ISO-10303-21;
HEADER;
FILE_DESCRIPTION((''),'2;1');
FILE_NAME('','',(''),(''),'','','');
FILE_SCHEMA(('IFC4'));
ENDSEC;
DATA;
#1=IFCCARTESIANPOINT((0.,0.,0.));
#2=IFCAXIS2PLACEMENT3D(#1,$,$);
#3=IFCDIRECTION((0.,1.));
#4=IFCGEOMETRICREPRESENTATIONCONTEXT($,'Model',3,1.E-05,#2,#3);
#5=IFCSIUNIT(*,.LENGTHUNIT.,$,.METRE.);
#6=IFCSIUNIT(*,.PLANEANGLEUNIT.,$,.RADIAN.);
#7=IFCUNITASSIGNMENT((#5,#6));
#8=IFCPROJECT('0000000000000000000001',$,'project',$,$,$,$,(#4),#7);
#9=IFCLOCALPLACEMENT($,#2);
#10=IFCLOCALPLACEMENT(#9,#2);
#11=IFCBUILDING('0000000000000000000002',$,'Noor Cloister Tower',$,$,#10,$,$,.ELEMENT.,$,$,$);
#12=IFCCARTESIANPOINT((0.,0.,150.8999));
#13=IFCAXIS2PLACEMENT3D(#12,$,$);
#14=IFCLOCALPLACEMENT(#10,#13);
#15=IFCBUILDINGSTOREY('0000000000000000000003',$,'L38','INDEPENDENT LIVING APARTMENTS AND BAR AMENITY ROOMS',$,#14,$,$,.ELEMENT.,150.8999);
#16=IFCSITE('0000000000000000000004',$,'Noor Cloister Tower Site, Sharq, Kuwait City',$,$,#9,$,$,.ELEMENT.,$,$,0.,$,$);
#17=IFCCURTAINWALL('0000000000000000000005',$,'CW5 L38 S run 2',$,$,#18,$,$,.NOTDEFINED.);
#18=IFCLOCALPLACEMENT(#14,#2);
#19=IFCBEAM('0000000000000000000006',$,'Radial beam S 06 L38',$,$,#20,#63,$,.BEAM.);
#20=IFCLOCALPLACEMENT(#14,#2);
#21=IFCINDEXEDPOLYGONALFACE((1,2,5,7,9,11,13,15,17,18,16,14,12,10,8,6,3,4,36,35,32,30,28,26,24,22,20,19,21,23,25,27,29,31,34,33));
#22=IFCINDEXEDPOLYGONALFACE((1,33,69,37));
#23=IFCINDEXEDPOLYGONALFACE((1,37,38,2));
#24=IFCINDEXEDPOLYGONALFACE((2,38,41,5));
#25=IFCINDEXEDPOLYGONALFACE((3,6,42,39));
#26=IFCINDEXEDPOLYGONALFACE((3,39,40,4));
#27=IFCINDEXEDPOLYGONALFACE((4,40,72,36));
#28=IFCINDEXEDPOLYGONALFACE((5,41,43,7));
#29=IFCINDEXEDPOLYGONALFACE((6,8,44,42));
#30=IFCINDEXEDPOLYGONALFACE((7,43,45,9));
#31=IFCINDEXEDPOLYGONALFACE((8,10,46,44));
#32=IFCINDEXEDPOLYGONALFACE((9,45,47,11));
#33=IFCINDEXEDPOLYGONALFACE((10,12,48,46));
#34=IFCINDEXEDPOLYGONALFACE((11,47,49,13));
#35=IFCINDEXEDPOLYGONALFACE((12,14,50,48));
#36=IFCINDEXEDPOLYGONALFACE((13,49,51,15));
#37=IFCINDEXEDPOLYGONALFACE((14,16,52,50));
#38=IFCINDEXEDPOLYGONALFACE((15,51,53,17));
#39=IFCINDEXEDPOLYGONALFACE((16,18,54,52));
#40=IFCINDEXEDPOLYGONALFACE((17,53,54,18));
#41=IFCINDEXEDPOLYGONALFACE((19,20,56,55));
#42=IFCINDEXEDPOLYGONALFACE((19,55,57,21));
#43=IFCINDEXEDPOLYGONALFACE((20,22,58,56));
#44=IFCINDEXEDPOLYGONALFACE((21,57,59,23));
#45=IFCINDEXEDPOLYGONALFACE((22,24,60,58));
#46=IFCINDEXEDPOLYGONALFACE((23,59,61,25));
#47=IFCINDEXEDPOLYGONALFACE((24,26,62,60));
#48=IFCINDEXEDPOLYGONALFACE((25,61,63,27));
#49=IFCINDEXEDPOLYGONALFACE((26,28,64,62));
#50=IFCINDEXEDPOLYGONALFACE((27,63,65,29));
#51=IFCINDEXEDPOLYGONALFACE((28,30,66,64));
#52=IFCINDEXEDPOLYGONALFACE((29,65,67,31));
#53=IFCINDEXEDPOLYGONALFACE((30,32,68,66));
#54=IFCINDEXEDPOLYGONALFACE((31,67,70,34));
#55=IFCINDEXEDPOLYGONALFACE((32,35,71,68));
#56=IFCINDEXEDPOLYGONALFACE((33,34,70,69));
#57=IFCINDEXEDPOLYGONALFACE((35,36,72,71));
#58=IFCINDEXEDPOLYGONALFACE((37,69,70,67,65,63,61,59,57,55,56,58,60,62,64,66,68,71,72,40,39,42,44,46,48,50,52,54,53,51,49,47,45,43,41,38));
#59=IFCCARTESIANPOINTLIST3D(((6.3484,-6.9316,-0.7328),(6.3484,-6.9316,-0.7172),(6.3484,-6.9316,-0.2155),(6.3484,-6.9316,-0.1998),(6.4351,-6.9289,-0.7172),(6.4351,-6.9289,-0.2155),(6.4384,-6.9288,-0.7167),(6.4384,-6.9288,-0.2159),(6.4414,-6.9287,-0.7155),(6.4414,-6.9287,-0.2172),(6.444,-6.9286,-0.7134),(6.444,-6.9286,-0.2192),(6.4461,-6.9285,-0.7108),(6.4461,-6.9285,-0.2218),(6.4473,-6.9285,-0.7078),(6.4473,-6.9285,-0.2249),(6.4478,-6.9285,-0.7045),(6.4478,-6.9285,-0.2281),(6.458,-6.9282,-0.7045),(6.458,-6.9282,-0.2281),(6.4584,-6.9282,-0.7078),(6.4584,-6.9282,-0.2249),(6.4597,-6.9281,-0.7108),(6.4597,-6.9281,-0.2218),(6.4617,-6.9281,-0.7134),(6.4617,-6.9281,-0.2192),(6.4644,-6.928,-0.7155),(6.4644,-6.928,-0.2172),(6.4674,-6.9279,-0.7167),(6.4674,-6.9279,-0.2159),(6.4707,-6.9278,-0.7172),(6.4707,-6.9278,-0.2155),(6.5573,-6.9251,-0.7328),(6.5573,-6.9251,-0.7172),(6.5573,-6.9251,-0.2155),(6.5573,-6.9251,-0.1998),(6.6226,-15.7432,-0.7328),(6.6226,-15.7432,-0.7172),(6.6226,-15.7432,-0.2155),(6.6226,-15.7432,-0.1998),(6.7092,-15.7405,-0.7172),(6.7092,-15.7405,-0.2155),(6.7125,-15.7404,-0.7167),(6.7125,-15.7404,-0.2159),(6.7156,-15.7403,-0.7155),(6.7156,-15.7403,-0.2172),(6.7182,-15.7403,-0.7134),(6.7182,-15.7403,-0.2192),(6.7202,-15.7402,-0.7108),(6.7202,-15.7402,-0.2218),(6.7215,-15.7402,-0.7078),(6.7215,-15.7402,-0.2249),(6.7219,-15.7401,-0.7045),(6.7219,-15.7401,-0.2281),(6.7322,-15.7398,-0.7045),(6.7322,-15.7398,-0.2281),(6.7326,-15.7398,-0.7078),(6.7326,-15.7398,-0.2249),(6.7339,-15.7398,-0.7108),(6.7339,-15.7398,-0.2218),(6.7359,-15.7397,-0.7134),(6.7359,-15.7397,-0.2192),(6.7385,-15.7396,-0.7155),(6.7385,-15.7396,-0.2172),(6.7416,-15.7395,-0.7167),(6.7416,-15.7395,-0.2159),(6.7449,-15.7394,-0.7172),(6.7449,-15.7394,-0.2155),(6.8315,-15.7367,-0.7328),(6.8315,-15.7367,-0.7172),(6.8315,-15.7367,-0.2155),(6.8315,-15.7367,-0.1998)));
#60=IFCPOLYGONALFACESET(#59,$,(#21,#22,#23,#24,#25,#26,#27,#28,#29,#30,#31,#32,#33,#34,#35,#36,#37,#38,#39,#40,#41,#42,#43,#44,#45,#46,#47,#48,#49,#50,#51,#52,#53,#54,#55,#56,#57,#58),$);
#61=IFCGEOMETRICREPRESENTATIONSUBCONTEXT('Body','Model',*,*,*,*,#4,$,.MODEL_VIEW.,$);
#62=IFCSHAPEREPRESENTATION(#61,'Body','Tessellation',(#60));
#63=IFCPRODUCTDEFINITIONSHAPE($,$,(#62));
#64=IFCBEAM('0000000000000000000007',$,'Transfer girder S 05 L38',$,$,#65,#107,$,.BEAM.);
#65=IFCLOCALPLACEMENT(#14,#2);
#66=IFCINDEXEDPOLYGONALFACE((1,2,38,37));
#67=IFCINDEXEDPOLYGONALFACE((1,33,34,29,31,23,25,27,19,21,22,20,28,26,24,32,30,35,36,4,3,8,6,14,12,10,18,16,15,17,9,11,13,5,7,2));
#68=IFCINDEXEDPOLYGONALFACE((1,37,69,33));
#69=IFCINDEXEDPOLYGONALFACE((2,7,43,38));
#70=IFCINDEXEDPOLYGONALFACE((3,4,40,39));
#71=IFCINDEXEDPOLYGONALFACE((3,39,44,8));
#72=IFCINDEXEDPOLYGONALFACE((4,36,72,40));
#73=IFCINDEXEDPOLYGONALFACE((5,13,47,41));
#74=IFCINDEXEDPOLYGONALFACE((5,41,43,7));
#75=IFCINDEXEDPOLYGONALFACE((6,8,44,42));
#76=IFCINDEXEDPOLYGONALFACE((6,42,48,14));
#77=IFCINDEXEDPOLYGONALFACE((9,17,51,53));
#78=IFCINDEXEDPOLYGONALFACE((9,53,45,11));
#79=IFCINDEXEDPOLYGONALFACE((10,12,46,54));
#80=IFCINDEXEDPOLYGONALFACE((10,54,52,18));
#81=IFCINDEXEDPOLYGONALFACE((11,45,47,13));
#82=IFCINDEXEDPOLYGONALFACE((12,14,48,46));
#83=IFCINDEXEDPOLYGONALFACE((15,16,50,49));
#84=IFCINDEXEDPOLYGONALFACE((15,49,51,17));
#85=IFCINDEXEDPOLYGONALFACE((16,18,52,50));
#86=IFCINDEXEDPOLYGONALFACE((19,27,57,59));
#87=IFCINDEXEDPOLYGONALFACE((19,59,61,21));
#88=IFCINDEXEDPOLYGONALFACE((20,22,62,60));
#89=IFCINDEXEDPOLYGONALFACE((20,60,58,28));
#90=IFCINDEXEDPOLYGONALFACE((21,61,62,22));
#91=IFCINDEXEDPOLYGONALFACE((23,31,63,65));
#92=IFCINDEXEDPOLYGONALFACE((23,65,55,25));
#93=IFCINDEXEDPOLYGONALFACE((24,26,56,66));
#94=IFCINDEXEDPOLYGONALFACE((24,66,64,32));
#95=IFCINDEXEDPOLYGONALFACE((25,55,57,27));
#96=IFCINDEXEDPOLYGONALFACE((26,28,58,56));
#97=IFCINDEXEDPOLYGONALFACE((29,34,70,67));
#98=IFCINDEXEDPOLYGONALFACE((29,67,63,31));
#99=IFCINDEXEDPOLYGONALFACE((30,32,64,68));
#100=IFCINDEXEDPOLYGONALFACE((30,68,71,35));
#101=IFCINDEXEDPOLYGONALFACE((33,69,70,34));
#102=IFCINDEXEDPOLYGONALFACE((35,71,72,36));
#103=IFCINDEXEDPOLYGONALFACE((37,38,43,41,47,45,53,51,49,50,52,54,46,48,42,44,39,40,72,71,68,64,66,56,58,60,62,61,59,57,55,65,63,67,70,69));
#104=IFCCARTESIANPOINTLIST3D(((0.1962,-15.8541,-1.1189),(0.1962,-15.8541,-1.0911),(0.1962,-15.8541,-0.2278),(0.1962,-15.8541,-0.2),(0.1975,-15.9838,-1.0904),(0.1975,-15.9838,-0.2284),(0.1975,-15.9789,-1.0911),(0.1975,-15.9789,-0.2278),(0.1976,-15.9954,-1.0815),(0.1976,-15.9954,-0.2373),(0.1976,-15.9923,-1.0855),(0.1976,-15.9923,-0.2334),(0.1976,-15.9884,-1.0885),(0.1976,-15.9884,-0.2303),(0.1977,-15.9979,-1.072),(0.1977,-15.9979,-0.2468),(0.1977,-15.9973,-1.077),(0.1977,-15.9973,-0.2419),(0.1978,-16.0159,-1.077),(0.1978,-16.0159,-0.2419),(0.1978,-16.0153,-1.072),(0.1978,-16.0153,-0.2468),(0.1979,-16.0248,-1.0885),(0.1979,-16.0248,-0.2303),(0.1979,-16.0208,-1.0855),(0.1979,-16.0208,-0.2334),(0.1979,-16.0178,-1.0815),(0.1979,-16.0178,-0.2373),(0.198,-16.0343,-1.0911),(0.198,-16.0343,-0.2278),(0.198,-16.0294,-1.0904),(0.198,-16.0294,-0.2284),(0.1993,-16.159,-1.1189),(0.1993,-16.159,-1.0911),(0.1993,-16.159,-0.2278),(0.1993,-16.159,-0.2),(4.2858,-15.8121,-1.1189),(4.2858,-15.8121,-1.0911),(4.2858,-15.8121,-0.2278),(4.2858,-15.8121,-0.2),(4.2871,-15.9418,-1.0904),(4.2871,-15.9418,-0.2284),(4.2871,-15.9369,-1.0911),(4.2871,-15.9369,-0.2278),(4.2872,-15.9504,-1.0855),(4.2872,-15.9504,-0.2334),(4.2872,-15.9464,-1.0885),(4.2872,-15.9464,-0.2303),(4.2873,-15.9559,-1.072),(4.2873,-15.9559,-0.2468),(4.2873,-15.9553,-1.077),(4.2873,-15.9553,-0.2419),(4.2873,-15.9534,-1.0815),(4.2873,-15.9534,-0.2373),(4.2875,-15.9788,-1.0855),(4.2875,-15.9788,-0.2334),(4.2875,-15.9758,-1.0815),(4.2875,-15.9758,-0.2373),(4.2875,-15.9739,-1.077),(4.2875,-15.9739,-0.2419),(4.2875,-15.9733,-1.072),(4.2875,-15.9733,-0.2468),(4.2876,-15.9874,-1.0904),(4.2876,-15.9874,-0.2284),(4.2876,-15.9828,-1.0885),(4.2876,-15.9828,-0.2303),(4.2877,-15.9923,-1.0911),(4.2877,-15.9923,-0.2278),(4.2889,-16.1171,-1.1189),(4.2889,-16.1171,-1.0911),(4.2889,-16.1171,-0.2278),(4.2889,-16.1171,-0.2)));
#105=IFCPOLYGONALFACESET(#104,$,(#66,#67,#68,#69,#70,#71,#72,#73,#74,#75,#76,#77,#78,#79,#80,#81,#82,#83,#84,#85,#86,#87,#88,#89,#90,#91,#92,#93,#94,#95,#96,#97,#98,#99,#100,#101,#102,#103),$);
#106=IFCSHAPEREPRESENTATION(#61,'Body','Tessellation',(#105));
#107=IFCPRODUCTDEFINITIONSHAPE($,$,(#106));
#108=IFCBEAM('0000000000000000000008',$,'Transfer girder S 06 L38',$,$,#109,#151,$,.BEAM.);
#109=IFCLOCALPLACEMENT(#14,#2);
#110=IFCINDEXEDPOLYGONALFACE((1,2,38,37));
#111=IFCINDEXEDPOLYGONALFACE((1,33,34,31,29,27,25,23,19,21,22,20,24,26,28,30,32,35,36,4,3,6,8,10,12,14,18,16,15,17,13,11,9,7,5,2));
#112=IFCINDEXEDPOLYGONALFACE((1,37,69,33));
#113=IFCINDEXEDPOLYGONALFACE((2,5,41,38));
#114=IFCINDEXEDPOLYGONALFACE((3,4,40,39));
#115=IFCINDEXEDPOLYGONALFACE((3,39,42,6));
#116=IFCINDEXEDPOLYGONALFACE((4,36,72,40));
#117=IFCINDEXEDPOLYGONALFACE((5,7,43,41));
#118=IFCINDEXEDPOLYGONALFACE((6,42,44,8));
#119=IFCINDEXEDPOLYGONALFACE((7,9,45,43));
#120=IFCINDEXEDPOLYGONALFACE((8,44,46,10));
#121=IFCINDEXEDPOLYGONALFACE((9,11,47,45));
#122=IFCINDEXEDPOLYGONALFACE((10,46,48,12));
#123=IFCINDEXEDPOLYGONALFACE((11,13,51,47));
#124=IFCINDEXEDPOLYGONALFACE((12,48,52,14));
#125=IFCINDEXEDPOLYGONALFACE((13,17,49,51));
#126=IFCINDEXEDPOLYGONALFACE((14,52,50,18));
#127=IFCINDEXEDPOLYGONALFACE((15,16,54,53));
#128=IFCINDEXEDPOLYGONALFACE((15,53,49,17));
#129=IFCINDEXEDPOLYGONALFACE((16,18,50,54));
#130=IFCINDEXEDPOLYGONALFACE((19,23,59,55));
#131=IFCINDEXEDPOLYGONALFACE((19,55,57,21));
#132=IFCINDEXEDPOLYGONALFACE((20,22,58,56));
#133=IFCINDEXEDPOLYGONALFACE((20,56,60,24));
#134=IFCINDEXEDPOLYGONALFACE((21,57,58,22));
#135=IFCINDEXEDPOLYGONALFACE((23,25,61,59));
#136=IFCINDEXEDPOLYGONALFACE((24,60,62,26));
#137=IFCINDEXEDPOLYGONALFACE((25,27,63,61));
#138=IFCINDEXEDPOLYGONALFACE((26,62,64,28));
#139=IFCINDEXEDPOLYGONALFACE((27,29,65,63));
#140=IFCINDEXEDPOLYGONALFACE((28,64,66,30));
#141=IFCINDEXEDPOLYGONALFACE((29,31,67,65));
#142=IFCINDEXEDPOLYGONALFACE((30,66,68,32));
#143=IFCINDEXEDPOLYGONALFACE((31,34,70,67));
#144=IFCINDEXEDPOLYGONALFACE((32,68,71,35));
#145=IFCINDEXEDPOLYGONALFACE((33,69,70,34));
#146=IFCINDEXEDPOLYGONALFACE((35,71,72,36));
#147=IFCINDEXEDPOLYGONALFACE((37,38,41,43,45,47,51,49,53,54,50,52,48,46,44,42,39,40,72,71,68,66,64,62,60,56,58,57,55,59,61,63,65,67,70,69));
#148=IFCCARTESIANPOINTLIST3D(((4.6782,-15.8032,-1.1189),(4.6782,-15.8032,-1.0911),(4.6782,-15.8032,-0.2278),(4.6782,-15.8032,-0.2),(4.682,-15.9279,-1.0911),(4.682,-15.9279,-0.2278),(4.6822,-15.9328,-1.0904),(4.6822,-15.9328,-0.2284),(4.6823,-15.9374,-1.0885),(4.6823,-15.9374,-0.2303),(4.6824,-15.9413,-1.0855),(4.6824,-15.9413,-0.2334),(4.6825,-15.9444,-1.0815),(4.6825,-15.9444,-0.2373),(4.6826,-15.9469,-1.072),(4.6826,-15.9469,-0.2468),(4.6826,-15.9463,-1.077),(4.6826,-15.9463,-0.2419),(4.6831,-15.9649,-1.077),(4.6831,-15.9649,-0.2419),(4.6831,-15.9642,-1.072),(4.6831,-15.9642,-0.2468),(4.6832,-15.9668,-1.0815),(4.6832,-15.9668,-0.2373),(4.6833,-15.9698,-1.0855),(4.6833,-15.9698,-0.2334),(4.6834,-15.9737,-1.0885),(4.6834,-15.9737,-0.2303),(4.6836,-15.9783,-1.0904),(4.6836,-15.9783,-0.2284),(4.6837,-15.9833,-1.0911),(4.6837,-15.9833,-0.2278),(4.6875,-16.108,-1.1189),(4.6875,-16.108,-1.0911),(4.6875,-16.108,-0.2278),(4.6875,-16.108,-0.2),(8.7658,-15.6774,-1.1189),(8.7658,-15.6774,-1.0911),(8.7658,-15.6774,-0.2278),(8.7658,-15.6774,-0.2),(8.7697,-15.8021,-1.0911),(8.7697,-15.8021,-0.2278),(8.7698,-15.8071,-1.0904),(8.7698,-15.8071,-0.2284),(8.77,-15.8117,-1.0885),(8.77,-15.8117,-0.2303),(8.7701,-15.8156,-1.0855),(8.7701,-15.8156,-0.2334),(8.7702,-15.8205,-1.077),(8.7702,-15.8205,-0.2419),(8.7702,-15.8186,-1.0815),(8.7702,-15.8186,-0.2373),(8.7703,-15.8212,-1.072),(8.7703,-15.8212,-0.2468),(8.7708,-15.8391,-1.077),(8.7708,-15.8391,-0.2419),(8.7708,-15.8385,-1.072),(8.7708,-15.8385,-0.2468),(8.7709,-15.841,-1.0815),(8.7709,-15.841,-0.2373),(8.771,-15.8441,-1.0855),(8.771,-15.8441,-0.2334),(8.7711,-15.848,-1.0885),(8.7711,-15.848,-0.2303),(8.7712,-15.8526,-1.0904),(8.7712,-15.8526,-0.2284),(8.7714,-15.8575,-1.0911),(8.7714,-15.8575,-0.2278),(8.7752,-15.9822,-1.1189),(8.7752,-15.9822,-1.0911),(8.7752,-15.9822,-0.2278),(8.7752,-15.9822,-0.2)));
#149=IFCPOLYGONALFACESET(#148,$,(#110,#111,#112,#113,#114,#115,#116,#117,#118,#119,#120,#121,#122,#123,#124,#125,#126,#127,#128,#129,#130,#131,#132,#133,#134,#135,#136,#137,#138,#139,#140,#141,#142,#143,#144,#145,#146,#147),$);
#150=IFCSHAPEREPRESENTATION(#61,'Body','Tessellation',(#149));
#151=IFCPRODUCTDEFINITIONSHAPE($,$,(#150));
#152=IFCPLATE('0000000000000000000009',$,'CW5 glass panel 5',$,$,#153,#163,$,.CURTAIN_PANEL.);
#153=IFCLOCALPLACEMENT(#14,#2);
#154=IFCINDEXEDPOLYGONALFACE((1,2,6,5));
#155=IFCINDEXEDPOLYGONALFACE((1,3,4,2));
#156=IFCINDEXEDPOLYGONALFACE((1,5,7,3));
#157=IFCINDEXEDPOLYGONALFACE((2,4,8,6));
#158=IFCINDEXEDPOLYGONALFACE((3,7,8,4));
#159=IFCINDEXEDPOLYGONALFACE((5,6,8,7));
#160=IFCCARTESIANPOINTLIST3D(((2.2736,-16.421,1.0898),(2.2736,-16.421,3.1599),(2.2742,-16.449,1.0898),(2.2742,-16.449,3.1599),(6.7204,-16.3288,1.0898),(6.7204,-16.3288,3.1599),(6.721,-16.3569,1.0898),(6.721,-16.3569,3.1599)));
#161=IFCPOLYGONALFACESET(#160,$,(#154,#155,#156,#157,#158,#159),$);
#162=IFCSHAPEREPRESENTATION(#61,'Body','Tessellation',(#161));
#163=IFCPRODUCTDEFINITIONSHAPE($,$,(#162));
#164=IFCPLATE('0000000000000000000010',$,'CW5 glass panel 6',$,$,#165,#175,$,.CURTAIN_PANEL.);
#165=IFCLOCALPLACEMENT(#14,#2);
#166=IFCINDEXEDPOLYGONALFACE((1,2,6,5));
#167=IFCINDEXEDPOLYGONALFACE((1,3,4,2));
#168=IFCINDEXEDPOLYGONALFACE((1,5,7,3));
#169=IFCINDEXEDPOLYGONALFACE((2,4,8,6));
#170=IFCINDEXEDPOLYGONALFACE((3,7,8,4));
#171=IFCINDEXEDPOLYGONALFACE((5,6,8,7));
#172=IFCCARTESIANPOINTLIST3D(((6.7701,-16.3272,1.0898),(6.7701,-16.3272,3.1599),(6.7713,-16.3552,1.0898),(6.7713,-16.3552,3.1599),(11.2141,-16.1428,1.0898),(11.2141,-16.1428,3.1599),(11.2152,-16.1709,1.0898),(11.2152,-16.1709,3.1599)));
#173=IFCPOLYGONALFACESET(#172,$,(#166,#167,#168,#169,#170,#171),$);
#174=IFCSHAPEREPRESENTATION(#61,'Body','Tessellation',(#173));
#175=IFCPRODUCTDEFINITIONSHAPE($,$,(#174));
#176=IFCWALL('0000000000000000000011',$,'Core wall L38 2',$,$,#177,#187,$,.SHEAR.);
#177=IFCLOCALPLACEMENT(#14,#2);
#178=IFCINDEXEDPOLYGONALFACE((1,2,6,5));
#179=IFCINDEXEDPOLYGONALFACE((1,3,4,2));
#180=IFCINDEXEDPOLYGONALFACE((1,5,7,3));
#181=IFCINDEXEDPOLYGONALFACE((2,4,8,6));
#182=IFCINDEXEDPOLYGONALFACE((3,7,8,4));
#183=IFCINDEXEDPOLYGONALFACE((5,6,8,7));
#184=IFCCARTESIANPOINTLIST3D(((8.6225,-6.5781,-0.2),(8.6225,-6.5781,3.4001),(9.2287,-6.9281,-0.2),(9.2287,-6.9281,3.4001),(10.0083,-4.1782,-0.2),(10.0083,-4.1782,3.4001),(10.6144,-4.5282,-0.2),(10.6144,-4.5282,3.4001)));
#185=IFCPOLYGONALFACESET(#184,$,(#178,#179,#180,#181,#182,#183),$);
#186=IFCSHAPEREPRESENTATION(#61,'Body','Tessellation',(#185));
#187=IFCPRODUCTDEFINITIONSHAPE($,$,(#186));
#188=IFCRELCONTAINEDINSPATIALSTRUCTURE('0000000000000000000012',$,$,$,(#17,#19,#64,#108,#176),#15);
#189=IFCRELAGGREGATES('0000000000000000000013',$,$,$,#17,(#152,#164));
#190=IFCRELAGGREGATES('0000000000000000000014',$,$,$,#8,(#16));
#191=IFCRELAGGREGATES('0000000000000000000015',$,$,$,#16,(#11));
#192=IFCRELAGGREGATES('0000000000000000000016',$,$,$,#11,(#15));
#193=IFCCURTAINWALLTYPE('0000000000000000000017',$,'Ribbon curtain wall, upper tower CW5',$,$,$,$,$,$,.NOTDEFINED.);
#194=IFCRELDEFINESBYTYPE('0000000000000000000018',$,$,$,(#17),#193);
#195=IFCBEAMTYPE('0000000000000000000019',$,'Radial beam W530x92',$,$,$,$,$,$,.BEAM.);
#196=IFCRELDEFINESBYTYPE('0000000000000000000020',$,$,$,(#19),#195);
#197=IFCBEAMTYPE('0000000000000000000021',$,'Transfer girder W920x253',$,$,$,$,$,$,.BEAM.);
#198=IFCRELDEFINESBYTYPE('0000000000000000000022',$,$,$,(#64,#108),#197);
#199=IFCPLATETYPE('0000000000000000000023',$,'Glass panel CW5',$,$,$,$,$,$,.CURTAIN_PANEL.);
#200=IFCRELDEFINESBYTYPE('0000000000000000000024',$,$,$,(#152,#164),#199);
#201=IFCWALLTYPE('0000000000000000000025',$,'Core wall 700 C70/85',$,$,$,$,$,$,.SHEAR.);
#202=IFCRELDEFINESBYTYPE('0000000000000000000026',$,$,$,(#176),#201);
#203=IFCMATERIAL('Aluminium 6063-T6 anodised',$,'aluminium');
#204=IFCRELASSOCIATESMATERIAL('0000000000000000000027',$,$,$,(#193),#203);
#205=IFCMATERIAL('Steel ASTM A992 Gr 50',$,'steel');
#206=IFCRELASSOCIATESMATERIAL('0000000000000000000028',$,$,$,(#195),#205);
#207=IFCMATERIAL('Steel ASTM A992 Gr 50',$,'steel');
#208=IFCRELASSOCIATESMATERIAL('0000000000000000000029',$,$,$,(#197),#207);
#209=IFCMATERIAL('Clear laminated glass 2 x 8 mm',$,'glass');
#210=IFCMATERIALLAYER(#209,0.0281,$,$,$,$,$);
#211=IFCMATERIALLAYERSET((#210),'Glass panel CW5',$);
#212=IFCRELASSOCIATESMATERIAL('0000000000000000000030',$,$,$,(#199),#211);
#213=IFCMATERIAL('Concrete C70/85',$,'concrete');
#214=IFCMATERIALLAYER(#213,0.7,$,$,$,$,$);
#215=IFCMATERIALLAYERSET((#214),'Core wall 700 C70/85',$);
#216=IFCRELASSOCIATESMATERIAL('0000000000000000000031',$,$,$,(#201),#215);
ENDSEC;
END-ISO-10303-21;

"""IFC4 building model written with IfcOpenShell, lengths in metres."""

from ifc_helpers import new_model, si_unit, direction, frame, frame_2d, origin, origin_2d, place, context, subcontext, project, spatial, rectangle, i_section, extrude, material, layer, layer_set, material_profile, profile_set, type_object, element, aggregate, save


model = new_model("IFC4")

# Units and contexts
model_context = context("Model", 3, precision=1e-05, world=origin(), true_north=direction((0.0, 1.0)))
body_context = subcontext(model_context, "Body", "Model", "MODEL_VIEW")
ifc_project = project(units=[si_unit("LENGTHUNIT", "METRE"), si_unit("PLANEANGLEUNIT", "RADIAN")], contexts=[model_context])

# Site, building, storey
site_placement = place(None, origin())
site = spatial("IfcSite", under=ifc_project, at=site_placement, Name="Noor Cloister Tower Site, Sharq, Kuwait City", CompositionType="ELEMENT", RefElevation=0.0)
building_placement = place(site_placement, origin())
building = spatial("IfcBuilding", under=site, at=building_placement, Name="Noor Cloister Tower", CompositionType="ELEMENT")
storey_placement = place(building_placement, frame((0.0, 0.0, 150.8999)))
storey = spatial("IfcBuildingStorey", under=building, at=storey_placement, Name="L38", Description="INDEPENDENT LIVING APARTMENTS AND BAR AMENITY ROOMS", CompositionType="ELEMENT", Elevation=150.8999)

# Curtain wall
ifc_material_1 = material(Name="Aluminium 6063-T6 anodised", Category="aluminium")
curtain_wall_type = type_object("IfcCurtainWallType", Name="Ribbon curtain wall, upper tower CW5", PredefinedType="NOTDEFINED", material=ifc_material_1)
curtain_wall_placement = place(storey_placement, origin())
curtain_wall = element("IfcCurtainWall", 1, at=curtain_wall_placement, inside=storey, type_object=curtain_wall_type, Name="CW5 L38 S run 2", PredefinedType="NOTDEFINED")

# Beams
ifc_material_2 = material(Name="Steel ASTM A992 Gr 50", Category="steel")
ifc_material_profile_1 = material_profile(ifc_material_2, i_section(OverallWidth=0.209, OverallDepth=0.533, WebThickness=0.0103, FlangeThickness=0.0156, FilletRadius=0.0127, at=origin_2d()), Name="W530x92")
ifc_profile_set_1 = profile_set([ifc_material_profile_1], Name="Steel ASTM A992 Gr 50")
beam_type_1 = type_object("IfcBeamType", Name="Radial beam W530x92", PredefinedType="BEAM", material=ifc_profile_set_1)
beam_1_placement = place(storey_placement, frame((6.7271, -15.74, -0.4663), z_axis=(-0.031099, 0.999516, 0.0), x_axis=(-0.999516, -0.031099, 0.0)))
element("IfcBeam", 2, at=beam_1_placement, inside=storey, type_object=beam_type_1, Name="Radial beam S 06 L38", PredefinedType="BEAM", context=body_context, shape_type="SweptSolid", body=[
    extrude(i_section(OverallWidth=0.209, OverallDepth=0.533, WebThickness=0.0103, FlangeThickness=0.0156, FilletRadius=0.0127, at=origin_2d()), origin(), (0.0, 0.0, 1.0), 8.8159),
])
ifc_material_3 = material(Name="Steel ASTM A992 Gr 50", Category="steel")
ifc_material_profile_2 = material_profile(ifc_material_3, i_section(OverallWidth=0.3049, OverallDepth=0.9189, WebThickness=0.0173, FlangeThickness=0.0278, FilletRadius=0.019, at=origin_2d()), Name="W920x253")
ifc_profile_set_2 = profile_set([ifc_material_profile_2], Name="Steel ASTM A992 Gr 50")
beam_type_2 = type_object("IfcBeamType", Name="Transfer girder W920x253", PredefinedType="BEAM", material=ifc_profile_set_2)
beam_2_placement = place(storey_placement, frame((0.1978, -16.0066, -0.6594), z_axis=(0.999947, 0.010268, 0.0), x_axis=(-0.010268, 0.999947, 0.0)))
element("IfcBeam", 3, at=beam_2_placement, inside=storey, type_object=beam_type_2, Name="Transfer girder S 05 L38", PredefinedType="BEAM", context=body_context, shape_type="SweptSolid", body=[
    extrude(i_section(OverallWidth=0.3049, OverallDepth=0.9189, WebThickness=0.0173, FlangeThickness=0.0278, FilletRadius=0.019, at=origin_2d()), origin(), (0.0, 0.0, 1.0), 4.0898),
])
beam_3_placement = place(storey_placement, frame((4.6829, -15.9556, -0.6594), z_axis=(0.999527, 0.030745, 0.0), x_axis=(-0.030745, 0.999527, 0.0)))
element("IfcBeam", 4, at=beam_3_placement, inside=storey, type_object=beam_type_2, Name="Transfer girder S 06 L38", PredefinedType="BEAM", context=body_context, shape_type="SweptSolid", body=[
    extrude(i_section(OverallWidth=0.3049, OverallDepth=0.9189, WebThickness=0.0173, FlangeThickness=0.0278, FilletRadius=0.019, at=origin_2d()), origin(), (0.0, 0.0, 1.0), 4.0896),
])

# Plates
ifc_material_4 = material(Name="Clear laminated glass 2 x 8 mm", Category="glass")
ifc_layer_1 = layer(ifc_material_4, 0.0281)
ifc_layer_set_1 = layer_set([ifc_layer_1], Name="Glass panel CW5")
plate_type = type_object("IfcPlateType", Name="Glass panel CW5", PredefinedType="CURTAIN_PANEL", material=ifc_layer_set_1)
plate_1_placement = place(storey_placement, frame((4.4973, -16.3889, 1.0898), z_axis=(0.0, 0.0, 1.0), x_axis=(0.999785, 0.020727, 0.0)))
plate_1 = element("IfcPlate", 5, at=plate_1_placement, type_object=plate_type, Name="CW5 glass panel 5", PredefinedType="CURTAIN_PANEL", context=body_context, shape_type="SweptSolid", body=[
    extrude(rectangle(XDim=4.4478, YDim=0.0281, at=origin_2d()), origin(), (0.0, 0.0, 1.0), 2.0701),
])
plate_2_placement = place(storey_placement, frame((8.9927, -16.249, 1.0898), z_axis=(0.0, 0.0, 1.0), x_axis=(0.999141, 0.041446, 0.0)))
plate_2 = element("IfcPlate", 6, at=plate_2_placement, type_object=plate_type, Name="CW5 glass panel 6", PredefinedType="CURTAIN_PANEL", context=body_context, shape_type="SweptSolid", body=[
    extrude(rectangle(XDim=4.4478, YDim=0.0281, at=origin_2d()), origin(), (0.0, 0.0, 1.0), 2.0701),
])
aggregate(curtain_wall, [plate_1, plate_2])

# Wall
ifc_material_5 = material(Name="Concrete C70/85", Category="concrete")
ifc_layer_2 = layer(ifc_material_5, 0.7)
ifc_layer_set_2 = layer_set([ifc_layer_2], Name="Core wall 700 C70/85")
wall_type_1 = type_object("IfcWallType", Name="Core wall 700 C70/85", PredefinedType="SHEAR", material=ifc_layer_set_2)
wall_1_placement = place(storey_placement, frame((8.9255, -6.7532, -0.2), z_axis=(0.0, 0.0, 1.0), x_axis=(0.500043, 0.866001, 0.0)))
element("IfcWall", 7, at=wall_1_placement, inside=storey, type_object=wall_type_1, Name="Core wall L38 2", PredefinedType="SHEAR", context=body_context, shape_type="SweptSolid", body=[
    extrude(rectangle(XDim=2.7712, YDim=0.7, at=frame_2d((1.3857, 0.0))), origin(), (0.0, 0.0, 1.0), 3.6001),
])

save(model, "model.ifc")
